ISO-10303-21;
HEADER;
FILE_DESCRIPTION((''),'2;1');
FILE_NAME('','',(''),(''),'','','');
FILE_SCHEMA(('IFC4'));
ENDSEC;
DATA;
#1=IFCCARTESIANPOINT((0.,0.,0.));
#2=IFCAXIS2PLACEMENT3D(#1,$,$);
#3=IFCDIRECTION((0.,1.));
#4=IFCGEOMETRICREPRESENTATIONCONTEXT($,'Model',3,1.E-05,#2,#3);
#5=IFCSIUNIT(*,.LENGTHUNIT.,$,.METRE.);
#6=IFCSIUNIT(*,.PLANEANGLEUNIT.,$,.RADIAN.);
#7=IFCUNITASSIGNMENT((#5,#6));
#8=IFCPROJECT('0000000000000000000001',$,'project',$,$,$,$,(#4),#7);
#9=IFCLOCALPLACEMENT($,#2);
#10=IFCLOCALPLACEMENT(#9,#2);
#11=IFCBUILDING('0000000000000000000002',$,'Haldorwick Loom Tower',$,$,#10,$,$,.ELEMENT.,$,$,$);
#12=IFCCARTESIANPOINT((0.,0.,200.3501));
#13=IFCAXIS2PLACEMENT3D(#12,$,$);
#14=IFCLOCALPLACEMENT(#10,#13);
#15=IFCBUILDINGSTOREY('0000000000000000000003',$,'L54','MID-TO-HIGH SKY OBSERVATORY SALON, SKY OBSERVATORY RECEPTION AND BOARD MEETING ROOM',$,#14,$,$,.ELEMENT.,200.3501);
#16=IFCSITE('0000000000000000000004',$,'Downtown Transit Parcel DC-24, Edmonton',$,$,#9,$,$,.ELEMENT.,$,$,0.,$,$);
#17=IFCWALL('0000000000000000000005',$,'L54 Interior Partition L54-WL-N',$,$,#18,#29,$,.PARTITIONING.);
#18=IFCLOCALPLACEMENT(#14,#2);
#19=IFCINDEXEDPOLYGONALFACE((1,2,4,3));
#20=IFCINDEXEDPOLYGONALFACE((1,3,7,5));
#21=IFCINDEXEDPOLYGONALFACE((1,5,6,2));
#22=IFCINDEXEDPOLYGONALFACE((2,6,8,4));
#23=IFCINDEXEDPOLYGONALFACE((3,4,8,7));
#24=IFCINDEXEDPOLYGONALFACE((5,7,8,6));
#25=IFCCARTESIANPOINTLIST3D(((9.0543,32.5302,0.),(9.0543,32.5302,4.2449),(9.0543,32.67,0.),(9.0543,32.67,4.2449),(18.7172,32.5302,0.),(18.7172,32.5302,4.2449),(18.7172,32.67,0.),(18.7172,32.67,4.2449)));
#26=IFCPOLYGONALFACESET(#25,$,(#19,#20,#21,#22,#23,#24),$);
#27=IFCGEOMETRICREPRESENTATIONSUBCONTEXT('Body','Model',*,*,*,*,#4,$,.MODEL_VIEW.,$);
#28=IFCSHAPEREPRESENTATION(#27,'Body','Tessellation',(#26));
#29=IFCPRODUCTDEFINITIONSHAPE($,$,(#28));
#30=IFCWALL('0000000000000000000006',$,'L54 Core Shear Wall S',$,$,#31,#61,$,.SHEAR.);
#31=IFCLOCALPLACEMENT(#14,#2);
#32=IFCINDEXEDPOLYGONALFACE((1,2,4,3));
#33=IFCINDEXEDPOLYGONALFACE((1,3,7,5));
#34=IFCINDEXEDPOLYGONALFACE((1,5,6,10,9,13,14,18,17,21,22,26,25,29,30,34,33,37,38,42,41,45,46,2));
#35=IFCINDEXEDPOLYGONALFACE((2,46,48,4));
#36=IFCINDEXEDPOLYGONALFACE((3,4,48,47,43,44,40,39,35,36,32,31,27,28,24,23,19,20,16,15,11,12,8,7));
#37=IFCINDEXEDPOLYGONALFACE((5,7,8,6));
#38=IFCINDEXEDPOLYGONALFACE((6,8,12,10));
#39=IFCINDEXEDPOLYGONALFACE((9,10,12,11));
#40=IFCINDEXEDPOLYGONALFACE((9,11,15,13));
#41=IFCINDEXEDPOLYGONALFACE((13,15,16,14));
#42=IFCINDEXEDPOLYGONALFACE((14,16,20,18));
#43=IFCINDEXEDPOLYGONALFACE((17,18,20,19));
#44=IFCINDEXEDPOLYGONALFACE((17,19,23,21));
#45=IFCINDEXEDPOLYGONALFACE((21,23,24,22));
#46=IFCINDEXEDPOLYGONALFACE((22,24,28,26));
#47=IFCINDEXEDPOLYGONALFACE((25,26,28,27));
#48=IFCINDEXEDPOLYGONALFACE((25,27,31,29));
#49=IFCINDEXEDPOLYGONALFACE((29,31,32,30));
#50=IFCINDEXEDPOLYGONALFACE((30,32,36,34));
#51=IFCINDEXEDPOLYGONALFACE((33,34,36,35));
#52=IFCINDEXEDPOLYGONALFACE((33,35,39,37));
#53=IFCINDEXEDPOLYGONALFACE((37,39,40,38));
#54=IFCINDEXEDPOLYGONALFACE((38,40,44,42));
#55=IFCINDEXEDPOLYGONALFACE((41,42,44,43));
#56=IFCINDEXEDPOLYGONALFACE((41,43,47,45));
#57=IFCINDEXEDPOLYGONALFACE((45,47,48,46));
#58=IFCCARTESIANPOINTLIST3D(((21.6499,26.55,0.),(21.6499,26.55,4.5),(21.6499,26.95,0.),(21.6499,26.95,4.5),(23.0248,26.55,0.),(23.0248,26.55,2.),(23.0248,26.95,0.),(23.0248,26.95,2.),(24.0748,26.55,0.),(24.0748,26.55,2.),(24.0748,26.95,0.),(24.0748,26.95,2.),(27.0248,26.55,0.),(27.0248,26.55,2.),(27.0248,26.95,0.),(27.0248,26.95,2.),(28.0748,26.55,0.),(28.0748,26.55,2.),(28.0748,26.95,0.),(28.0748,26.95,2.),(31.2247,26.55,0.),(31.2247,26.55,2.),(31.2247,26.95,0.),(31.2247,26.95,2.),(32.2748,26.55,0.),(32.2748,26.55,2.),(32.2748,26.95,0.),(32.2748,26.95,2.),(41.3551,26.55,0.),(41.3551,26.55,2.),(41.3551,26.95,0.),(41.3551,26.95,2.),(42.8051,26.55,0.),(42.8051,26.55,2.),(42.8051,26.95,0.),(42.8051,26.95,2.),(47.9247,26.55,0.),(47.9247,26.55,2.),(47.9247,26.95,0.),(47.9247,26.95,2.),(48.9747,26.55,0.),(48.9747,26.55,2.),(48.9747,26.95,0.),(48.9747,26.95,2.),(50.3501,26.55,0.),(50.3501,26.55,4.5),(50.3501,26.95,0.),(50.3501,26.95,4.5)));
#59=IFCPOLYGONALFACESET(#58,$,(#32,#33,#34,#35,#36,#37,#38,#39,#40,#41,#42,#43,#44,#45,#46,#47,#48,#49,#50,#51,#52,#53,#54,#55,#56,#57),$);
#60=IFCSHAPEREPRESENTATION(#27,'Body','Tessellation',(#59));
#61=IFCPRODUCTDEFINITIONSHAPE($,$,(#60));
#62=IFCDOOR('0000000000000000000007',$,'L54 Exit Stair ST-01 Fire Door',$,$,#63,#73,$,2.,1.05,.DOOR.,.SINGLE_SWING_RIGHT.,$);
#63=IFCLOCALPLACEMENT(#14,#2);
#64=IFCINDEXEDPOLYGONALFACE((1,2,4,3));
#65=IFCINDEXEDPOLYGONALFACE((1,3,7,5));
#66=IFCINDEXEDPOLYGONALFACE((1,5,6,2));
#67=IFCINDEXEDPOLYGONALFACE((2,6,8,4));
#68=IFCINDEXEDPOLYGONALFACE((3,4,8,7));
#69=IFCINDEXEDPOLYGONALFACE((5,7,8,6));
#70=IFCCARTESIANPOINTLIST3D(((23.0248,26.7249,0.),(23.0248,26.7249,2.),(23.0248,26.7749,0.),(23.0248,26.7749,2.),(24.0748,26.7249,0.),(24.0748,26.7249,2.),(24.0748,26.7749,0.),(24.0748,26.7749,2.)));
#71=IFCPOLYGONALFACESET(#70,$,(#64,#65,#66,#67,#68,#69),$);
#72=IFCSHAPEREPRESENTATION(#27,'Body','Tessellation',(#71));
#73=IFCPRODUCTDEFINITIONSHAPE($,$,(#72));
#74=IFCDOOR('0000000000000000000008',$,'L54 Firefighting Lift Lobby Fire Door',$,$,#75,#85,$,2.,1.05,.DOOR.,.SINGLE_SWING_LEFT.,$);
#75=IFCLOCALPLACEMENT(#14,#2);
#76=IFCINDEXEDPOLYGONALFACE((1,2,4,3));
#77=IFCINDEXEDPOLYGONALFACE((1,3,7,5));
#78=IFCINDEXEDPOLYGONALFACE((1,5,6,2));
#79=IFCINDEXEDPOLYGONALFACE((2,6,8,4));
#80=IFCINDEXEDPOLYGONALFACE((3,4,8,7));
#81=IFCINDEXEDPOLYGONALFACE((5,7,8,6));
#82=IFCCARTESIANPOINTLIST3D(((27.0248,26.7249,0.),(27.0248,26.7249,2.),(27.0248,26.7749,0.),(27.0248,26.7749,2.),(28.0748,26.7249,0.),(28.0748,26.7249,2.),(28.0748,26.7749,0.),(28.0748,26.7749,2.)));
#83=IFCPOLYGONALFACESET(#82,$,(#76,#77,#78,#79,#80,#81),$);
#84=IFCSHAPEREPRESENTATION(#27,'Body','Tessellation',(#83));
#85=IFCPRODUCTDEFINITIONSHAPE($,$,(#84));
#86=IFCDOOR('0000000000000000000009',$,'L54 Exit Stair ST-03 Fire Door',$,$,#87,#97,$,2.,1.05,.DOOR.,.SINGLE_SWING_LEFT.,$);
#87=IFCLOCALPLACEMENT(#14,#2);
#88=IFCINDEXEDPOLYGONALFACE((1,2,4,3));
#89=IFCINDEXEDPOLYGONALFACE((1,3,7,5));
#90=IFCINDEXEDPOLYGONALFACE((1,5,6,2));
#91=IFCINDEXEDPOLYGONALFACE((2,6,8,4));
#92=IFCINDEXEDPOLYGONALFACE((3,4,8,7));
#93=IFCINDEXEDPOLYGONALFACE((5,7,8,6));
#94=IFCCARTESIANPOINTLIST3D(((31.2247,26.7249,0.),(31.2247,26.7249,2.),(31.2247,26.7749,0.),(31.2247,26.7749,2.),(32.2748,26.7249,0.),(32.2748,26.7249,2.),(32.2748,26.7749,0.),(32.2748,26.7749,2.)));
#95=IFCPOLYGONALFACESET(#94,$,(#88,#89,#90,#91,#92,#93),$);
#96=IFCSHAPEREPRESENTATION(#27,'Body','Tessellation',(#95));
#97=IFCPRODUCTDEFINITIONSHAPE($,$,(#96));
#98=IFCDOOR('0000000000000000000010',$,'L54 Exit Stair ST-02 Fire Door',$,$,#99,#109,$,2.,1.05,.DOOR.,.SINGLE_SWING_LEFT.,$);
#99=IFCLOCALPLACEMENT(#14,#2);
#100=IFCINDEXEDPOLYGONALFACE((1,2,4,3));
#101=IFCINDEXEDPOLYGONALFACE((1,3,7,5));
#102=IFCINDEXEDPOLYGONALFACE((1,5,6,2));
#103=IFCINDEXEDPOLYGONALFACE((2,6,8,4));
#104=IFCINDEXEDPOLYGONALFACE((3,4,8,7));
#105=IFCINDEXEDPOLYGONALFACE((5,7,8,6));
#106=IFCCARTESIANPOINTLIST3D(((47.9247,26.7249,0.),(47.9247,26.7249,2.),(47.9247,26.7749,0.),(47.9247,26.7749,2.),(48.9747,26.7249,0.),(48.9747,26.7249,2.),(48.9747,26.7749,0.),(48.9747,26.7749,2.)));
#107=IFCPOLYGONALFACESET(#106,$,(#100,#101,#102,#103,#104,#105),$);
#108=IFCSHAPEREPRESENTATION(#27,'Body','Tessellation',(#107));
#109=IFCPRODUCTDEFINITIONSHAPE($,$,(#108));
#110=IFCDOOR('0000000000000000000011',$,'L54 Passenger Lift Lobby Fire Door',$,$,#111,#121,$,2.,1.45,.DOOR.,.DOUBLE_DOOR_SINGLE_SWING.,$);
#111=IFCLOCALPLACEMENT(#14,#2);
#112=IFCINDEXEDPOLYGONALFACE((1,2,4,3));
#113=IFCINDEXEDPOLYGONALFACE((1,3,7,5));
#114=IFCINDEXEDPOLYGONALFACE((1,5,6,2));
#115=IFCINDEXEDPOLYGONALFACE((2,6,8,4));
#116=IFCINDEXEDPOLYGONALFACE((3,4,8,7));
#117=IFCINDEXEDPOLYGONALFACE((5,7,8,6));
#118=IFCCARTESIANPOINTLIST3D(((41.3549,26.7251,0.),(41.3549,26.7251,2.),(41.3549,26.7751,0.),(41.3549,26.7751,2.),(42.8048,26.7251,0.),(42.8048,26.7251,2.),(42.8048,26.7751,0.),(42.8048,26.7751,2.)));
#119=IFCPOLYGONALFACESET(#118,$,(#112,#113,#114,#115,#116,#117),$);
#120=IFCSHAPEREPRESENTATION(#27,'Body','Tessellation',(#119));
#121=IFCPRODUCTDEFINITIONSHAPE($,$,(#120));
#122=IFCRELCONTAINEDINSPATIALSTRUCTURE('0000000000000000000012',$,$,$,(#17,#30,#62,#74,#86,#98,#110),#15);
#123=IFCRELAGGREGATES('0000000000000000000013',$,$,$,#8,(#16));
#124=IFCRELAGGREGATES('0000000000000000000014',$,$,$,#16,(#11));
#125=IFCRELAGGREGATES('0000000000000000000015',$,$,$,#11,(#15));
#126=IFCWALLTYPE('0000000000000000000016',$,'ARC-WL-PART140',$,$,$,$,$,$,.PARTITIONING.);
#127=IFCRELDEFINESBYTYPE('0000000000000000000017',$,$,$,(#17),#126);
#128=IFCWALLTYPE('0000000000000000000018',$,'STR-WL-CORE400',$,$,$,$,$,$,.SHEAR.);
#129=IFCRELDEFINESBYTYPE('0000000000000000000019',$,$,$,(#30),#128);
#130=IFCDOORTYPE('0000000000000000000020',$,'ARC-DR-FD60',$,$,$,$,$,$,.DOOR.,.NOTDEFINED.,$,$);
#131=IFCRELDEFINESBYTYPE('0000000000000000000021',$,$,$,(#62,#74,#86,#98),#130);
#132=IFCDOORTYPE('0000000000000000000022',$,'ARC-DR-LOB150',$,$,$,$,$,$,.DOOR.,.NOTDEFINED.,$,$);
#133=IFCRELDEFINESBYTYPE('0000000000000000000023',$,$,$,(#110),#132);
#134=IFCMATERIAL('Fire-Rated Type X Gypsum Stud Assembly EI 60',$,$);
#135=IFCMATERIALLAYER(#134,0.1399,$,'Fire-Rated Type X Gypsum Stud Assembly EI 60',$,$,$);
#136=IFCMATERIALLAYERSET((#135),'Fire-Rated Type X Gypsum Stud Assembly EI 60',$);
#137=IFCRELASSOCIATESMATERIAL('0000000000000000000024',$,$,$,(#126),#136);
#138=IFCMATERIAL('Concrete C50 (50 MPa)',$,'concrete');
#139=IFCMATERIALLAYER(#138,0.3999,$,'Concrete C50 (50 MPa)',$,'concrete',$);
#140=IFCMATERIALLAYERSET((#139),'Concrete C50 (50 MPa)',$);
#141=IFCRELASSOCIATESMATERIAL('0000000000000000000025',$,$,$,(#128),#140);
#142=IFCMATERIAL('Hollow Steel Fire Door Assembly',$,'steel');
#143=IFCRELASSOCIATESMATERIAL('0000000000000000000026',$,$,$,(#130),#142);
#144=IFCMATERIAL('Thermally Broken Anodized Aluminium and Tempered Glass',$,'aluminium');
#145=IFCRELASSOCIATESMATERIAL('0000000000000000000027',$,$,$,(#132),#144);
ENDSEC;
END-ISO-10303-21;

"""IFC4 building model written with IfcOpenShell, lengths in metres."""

from ifc_helpers import new_model, si_unit, direction, frame, frame_2d, origin, place, context, subcontext, project, spatial, rectangle, extrude, material, layer, layer_set, type_object, element, fill, save


model = new_model("IFC4")

# Units and contexts
model_context = context("Model", 3, precision=1e-05, world=origin(), true_north=direction((0.0, 1.0)))
body_context = subcontext(model_context, "Body", "Model", "MODEL_VIEW")
ifc_project = project(units=[si_unit("LENGTHUNIT", "METRE"), si_unit("PLANEANGLEUNIT", "RADIAN")], contexts=[model_context])

# Site, building, storey
site_placement = place(None, origin())
site = spatial("IfcSite", under=ifc_project, at=site_placement, Name="Downtown Transit Parcel DC-24, Edmonton", CompositionType="ELEMENT", RefElevation=0.0)
building_placement = place(site_placement, origin())
building = spatial("IfcBuilding", under=site, at=building_placement, Name="Haldorwick Loom Tower", CompositionType="ELEMENT")
storey_placement = place(building_placement, frame((0.0, 0.0, 200.3501)))
storey = spatial("IfcBuildingStorey", under=building, at=storey_placement, Name="L54", Description="MID-TO-HIGH SKY OBSERVATORY SALON, SKY OBSERVATORY RECEPTION AND BOARD MEETING ROOM", CompositionType="ELEMENT", Elevation=200.3501)

# Shared definitions
ifc_material_1 = material(Name="Concrete C50 (50 MPa)", Category="concrete")

# Shared definitions
ifc_material_2 = material(Name="Fire-Rated Type X Gypsum Stud Assembly EI 60")
ifc_material_3 = material(Name="Hollow Steel Fire Door Assembly", Category="steel")

# Wall
ifc_layer_1 = layer(ifc_material_2, 0.1399, Name="Fire-Rated Type X Gypsum Stud Assembly EI 60")
ifc_layer_set_1 = layer_set([ifc_layer_1], Name="Fire-Rated Type X Gypsum Stud Assembly EI 60")
wall_type_1 = type_object("IfcWallType", Name="ARC-WL-PART140", PredefinedType="PARTITIONING", material=ifc_layer_set_1)
wall_1_placement = place(storey_placement, frame((9.0542, 32.6001, 0.0), z_axis=(0.0, 0.0, 1.0), x_axis=(1.0, 0.0, 0.0)))
element("IfcWall", 1, at=wall_1_placement, inside=storey, type_object=wall_type_1, Name="L54 Interior Partition L54-WL-N", PredefinedType="PARTITIONING", context=body_context, shape_type="SweptSolid", body=[
    extrude(rectangle(XDim=9.6628, YDim=0.1399, at=frame_2d((4.8315, 0.0))), origin(), (0.0, 0.0, 1.0), 4.2449),
])

# Wall, openings, doors
ifc_layer_2 = layer(ifc_material_1, 0.3999, Name="Concrete C50 (50 MPa)", Category="concrete")
ifc_layer_set_2 = layer_set([ifc_layer_2], Name="Concrete C50 (50 MPa)")
wall_type_2 = type_object("IfcWallType", Name="STR-WL-CORE400", PredefinedType="SHEAR", material=ifc_layer_set_2)
wall_2_placement = place(storey_placement, frame((21.6499, 26.75, 0.0), z_axis=(0.0, 0.0, 1.0), x_axis=(1.0, 0.0, 0.0)))
wall_2 = element("IfcWall", 2, at=wall_2_placement, inside=storey, type_object=wall_type_2, Name="L54 Core Shear Wall S", PredefinedType="SHEAR", context=body_context, shape_type="SweptSolid", body=[
    extrude(rectangle(XDim=28.7002, YDim=0.3999, at=frame_2d((14.3501, 0.0))), origin(), (0.0, 0.0, 1.0), 4.5),
])
opening_1_placement = place(wall_2_placement, frame((1.375, 0.0, 0.0)))
opening_1 = element("IfcOpeningElement", 3, at=opening_1_placement, cuts=wall_2, PredefinedType="OPENING", context=body_context, shape_type="SweptSolid", body=[
    extrude(rectangle(XDim=1.05, YDim=2.0, at=frame_2d((0.5249, 1.0))), frame((0.0, 0.21, 0.0), z_axis=(0.0, -1.0, 0.0), x_axis=(1.0, 0.0, 0.0)), (0.0, 0.0, 1.0), 0.4199),
])
opening_2_placement = place(wall_2_placement, frame((5.375, 0.0, 0.0)))
opening_2 = element("IfcOpeningElement", 4, at=opening_2_placement, cuts=wall_2, PredefinedType="OPENING", context=body_context, shape_type="SweptSolid", body=[
    extrude(rectangle(XDim=1.05, YDim=2.0, at=frame_2d((0.5249, 1.0))), frame((0.0, 0.21, 0.0), z_axis=(0.0, -1.0, 0.0), x_axis=(1.0, 0.0, 0.0)), (0.0, 0.0, 1.0), 0.4199),
])
opening_3_placement = place(wall_2_placement, frame((9.575, 0.0, 0.0)))
opening_3 = element("IfcOpeningElement", 5, at=opening_3_placement, cuts=wall_2, PredefinedType="OPENING", context=body_context, shape_type="SweptSolid", body=[
    extrude(rectangle(XDim=1.05, YDim=2.0, at=frame_2d((0.5249, 1.0))), frame((0.0, 0.21, 0.0), z_axis=(0.0, -1.0, 0.0), x_axis=(1.0, 0.0, 0.0)), (0.0, 0.0, 1.0), 0.4199),
])
opening_4_placement = place(wall_2_placement, frame((19.7051, 0.0, 0.0)))
opening_4 = element("IfcOpeningElement", 6, at=opening_4_placement, cuts=wall_2, PredefinedType="OPENING", context=body_context, shape_type="SweptSolid", body=[
    extrude(rectangle(XDim=1.45, YDim=2.0, at=frame_2d((0.7251, 1.0))), frame((0.0, 0.21, 0.0), z_axis=(0.0, -1.0, 0.0), x_axis=(1.0, 0.0, 0.0)), (0.0, 0.0, 1.0), 0.4199),
])
opening_5_placement = place(wall_2_placement, frame((26.2749, 0.0, 0.0)))
opening_5 = element("IfcOpeningElement", 7, at=opening_5_placement, cuts=wall_2, PredefinedType="OPENING", context=body_context, shape_type="SweptSolid", body=[
    extrude(rectangle(XDim=1.05, YDim=2.0, at=frame_2d((0.5249, 1.0))), frame((0.0, 0.21, 0.0), z_axis=(0.0, -1.0, 0.0), x_axis=(1.0, 0.0, 0.0)), (0.0, 0.0, 1.0), 0.4199),
])
door_type_1 = type_object("IfcDoorType", Name="ARC-DR-FD60", OperationType="NOTDEFINED", PredefinedType="DOOR", material=ifc_material_3)
door_1_placement = place(opening_1_placement, origin())
door_1 = element("IfcDoor", 8, at=door_1_placement, inside=storey, type_object=door_type_1, Name="L54 Exit Stair ST-01 Fire Door", OperationType="SINGLE_SWING_RIGHT", OverallHeight=2.0, OverallWidth=1.05, PredefinedType="DOOR", context=body_context, shape_type="SweptSolid", body=[
    extrude(rectangle(XDim=1.05, YDim=2.0, at=frame_2d((0.5249, 1.0))), frame((0.0, 0.0249, 0.0), z_axis=(0.0, -1.0, 0.0), x_axis=(1.0, 0.0, 0.0)), (0.0, 0.0, 1.0), 0.05),
])
fill(opening_1, door_1)
door_2_placement = place(opening_2_placement, origin())
door_2 = element("IfcDoor", 9, at=door_2_placement, inside=storey, type_object=door_type_1, Name="L54 Firefighting Lift Lobby Fire Door", OperationType="SINGLE_SWING_LEFT", OverallHeight=2.0, OverallWidth=1.05, PredefinedType="DOOR", context=body_context, shape_type="SweptSolid", body=[
    extrude(rectangle(XDim=1.05, YDim=2.0, at=frame_2d((0.5249, 1.0))), frame((0.0, 0.0249, 0.0), z_axis=(0.0, -1.0, 0.0), x_axis=(1.0, 0.0, 0.0)), (0.0, 0.0, 1.0), 0.05),
])
fill(opening_2, door_2)
door_3_placement = place(opening_3_placement, origin())
door_3 = element("IfcDoor", 10, at=door_3_placement, inside=storey, type_object=door_type_1, Name="L54 Exit Stair ST-03 Fire Door", OperationType="SINGLE_SWING_LEFT", OverallHeight=2.0, OverallWidth=1.05, PredefinedType="DOOR", context=body_context, shape_type="SweptSolid", body=[
    extrude(rectangle(XDim=1.05, YDim=2.0, at=frame_2d((0.5249, 1.0))), frame((0.0, 0.0249, 0.0), z_axis=(0.0, -1.0, 0.0), x_axis=(1.0, 0.0, 0.0)), (0.0, 0.0, 1.0), 0.05),
])
fill(opening_3, door_3)
door_4_placement = place(opening_5_placement, origin())
door_4 = element("IfcDoor", 11, at=door_4_placement, inside=storey, type_object=door_type_1, Name="L54 Exit Stair ST-02 Fire Door", OperationType="SINGLE_SWING_LEFT", OverallHeight=2.0, OverallWidth=1.05, PredefinedType="DOOR", context=body_context, shape_type="SweptSolid", body=[
    extrude(rectangle(XDim=1.05, YDim=2.0, at=frame_2d((0.5249, 1.0))), frame((0.0, 0.0249, 0.0), z_axis=(0.0, -1.0, 0.0), x_axis=(1.0, 0.0, 0.0)), (0.0, 0.0, 1.0), 0.05),
])
fill(opening_5, door_4)
ifc_material_4 = material(Name="Thermally Broken Anodized Aluminium and Tempered Glass", Category="aluminium")
door_type_2 = type_object("IfcDoorType", Name="ARC-DR-LOB150", OperationType="NOTDEFINED", PredefinedType="DOOR", material=ifc_material_4)
door_5_placement = place(opening_4_placement, frame((1.45, 0.0, 0.0), z_axis=(0.0, 0.0, 1.0), x_axis=(-1.0, 0.0, 0.0)))
door_5 = element("IfcDoor", 12, at=door_5_placement, inside=storey, type_object=door_type_2, Name="L54 Passenger Lift Lobby Fire Door", OperationType="DOUBLE_DOOR_SINGLE_SWING", OverallHeight=2.0, OverallWidth=1.45, PredefinedType="DOOR", context=body_context, shape_type="SweptSolid", body=[
    extrude(rectangle(XDim=1.45, YDim=2.0, at=frame_2d((0.7251, 1.0))), frame((0.0, 0.0249, 0.0), z_axis=(0.0, -1.0, 0.0), x_axis=(1.0, 0.0, 0.0)), (0.0, 0.0, 1.0), 0.05),
])
fill(opening_4, door_5)

save(model, "model.ifc")
